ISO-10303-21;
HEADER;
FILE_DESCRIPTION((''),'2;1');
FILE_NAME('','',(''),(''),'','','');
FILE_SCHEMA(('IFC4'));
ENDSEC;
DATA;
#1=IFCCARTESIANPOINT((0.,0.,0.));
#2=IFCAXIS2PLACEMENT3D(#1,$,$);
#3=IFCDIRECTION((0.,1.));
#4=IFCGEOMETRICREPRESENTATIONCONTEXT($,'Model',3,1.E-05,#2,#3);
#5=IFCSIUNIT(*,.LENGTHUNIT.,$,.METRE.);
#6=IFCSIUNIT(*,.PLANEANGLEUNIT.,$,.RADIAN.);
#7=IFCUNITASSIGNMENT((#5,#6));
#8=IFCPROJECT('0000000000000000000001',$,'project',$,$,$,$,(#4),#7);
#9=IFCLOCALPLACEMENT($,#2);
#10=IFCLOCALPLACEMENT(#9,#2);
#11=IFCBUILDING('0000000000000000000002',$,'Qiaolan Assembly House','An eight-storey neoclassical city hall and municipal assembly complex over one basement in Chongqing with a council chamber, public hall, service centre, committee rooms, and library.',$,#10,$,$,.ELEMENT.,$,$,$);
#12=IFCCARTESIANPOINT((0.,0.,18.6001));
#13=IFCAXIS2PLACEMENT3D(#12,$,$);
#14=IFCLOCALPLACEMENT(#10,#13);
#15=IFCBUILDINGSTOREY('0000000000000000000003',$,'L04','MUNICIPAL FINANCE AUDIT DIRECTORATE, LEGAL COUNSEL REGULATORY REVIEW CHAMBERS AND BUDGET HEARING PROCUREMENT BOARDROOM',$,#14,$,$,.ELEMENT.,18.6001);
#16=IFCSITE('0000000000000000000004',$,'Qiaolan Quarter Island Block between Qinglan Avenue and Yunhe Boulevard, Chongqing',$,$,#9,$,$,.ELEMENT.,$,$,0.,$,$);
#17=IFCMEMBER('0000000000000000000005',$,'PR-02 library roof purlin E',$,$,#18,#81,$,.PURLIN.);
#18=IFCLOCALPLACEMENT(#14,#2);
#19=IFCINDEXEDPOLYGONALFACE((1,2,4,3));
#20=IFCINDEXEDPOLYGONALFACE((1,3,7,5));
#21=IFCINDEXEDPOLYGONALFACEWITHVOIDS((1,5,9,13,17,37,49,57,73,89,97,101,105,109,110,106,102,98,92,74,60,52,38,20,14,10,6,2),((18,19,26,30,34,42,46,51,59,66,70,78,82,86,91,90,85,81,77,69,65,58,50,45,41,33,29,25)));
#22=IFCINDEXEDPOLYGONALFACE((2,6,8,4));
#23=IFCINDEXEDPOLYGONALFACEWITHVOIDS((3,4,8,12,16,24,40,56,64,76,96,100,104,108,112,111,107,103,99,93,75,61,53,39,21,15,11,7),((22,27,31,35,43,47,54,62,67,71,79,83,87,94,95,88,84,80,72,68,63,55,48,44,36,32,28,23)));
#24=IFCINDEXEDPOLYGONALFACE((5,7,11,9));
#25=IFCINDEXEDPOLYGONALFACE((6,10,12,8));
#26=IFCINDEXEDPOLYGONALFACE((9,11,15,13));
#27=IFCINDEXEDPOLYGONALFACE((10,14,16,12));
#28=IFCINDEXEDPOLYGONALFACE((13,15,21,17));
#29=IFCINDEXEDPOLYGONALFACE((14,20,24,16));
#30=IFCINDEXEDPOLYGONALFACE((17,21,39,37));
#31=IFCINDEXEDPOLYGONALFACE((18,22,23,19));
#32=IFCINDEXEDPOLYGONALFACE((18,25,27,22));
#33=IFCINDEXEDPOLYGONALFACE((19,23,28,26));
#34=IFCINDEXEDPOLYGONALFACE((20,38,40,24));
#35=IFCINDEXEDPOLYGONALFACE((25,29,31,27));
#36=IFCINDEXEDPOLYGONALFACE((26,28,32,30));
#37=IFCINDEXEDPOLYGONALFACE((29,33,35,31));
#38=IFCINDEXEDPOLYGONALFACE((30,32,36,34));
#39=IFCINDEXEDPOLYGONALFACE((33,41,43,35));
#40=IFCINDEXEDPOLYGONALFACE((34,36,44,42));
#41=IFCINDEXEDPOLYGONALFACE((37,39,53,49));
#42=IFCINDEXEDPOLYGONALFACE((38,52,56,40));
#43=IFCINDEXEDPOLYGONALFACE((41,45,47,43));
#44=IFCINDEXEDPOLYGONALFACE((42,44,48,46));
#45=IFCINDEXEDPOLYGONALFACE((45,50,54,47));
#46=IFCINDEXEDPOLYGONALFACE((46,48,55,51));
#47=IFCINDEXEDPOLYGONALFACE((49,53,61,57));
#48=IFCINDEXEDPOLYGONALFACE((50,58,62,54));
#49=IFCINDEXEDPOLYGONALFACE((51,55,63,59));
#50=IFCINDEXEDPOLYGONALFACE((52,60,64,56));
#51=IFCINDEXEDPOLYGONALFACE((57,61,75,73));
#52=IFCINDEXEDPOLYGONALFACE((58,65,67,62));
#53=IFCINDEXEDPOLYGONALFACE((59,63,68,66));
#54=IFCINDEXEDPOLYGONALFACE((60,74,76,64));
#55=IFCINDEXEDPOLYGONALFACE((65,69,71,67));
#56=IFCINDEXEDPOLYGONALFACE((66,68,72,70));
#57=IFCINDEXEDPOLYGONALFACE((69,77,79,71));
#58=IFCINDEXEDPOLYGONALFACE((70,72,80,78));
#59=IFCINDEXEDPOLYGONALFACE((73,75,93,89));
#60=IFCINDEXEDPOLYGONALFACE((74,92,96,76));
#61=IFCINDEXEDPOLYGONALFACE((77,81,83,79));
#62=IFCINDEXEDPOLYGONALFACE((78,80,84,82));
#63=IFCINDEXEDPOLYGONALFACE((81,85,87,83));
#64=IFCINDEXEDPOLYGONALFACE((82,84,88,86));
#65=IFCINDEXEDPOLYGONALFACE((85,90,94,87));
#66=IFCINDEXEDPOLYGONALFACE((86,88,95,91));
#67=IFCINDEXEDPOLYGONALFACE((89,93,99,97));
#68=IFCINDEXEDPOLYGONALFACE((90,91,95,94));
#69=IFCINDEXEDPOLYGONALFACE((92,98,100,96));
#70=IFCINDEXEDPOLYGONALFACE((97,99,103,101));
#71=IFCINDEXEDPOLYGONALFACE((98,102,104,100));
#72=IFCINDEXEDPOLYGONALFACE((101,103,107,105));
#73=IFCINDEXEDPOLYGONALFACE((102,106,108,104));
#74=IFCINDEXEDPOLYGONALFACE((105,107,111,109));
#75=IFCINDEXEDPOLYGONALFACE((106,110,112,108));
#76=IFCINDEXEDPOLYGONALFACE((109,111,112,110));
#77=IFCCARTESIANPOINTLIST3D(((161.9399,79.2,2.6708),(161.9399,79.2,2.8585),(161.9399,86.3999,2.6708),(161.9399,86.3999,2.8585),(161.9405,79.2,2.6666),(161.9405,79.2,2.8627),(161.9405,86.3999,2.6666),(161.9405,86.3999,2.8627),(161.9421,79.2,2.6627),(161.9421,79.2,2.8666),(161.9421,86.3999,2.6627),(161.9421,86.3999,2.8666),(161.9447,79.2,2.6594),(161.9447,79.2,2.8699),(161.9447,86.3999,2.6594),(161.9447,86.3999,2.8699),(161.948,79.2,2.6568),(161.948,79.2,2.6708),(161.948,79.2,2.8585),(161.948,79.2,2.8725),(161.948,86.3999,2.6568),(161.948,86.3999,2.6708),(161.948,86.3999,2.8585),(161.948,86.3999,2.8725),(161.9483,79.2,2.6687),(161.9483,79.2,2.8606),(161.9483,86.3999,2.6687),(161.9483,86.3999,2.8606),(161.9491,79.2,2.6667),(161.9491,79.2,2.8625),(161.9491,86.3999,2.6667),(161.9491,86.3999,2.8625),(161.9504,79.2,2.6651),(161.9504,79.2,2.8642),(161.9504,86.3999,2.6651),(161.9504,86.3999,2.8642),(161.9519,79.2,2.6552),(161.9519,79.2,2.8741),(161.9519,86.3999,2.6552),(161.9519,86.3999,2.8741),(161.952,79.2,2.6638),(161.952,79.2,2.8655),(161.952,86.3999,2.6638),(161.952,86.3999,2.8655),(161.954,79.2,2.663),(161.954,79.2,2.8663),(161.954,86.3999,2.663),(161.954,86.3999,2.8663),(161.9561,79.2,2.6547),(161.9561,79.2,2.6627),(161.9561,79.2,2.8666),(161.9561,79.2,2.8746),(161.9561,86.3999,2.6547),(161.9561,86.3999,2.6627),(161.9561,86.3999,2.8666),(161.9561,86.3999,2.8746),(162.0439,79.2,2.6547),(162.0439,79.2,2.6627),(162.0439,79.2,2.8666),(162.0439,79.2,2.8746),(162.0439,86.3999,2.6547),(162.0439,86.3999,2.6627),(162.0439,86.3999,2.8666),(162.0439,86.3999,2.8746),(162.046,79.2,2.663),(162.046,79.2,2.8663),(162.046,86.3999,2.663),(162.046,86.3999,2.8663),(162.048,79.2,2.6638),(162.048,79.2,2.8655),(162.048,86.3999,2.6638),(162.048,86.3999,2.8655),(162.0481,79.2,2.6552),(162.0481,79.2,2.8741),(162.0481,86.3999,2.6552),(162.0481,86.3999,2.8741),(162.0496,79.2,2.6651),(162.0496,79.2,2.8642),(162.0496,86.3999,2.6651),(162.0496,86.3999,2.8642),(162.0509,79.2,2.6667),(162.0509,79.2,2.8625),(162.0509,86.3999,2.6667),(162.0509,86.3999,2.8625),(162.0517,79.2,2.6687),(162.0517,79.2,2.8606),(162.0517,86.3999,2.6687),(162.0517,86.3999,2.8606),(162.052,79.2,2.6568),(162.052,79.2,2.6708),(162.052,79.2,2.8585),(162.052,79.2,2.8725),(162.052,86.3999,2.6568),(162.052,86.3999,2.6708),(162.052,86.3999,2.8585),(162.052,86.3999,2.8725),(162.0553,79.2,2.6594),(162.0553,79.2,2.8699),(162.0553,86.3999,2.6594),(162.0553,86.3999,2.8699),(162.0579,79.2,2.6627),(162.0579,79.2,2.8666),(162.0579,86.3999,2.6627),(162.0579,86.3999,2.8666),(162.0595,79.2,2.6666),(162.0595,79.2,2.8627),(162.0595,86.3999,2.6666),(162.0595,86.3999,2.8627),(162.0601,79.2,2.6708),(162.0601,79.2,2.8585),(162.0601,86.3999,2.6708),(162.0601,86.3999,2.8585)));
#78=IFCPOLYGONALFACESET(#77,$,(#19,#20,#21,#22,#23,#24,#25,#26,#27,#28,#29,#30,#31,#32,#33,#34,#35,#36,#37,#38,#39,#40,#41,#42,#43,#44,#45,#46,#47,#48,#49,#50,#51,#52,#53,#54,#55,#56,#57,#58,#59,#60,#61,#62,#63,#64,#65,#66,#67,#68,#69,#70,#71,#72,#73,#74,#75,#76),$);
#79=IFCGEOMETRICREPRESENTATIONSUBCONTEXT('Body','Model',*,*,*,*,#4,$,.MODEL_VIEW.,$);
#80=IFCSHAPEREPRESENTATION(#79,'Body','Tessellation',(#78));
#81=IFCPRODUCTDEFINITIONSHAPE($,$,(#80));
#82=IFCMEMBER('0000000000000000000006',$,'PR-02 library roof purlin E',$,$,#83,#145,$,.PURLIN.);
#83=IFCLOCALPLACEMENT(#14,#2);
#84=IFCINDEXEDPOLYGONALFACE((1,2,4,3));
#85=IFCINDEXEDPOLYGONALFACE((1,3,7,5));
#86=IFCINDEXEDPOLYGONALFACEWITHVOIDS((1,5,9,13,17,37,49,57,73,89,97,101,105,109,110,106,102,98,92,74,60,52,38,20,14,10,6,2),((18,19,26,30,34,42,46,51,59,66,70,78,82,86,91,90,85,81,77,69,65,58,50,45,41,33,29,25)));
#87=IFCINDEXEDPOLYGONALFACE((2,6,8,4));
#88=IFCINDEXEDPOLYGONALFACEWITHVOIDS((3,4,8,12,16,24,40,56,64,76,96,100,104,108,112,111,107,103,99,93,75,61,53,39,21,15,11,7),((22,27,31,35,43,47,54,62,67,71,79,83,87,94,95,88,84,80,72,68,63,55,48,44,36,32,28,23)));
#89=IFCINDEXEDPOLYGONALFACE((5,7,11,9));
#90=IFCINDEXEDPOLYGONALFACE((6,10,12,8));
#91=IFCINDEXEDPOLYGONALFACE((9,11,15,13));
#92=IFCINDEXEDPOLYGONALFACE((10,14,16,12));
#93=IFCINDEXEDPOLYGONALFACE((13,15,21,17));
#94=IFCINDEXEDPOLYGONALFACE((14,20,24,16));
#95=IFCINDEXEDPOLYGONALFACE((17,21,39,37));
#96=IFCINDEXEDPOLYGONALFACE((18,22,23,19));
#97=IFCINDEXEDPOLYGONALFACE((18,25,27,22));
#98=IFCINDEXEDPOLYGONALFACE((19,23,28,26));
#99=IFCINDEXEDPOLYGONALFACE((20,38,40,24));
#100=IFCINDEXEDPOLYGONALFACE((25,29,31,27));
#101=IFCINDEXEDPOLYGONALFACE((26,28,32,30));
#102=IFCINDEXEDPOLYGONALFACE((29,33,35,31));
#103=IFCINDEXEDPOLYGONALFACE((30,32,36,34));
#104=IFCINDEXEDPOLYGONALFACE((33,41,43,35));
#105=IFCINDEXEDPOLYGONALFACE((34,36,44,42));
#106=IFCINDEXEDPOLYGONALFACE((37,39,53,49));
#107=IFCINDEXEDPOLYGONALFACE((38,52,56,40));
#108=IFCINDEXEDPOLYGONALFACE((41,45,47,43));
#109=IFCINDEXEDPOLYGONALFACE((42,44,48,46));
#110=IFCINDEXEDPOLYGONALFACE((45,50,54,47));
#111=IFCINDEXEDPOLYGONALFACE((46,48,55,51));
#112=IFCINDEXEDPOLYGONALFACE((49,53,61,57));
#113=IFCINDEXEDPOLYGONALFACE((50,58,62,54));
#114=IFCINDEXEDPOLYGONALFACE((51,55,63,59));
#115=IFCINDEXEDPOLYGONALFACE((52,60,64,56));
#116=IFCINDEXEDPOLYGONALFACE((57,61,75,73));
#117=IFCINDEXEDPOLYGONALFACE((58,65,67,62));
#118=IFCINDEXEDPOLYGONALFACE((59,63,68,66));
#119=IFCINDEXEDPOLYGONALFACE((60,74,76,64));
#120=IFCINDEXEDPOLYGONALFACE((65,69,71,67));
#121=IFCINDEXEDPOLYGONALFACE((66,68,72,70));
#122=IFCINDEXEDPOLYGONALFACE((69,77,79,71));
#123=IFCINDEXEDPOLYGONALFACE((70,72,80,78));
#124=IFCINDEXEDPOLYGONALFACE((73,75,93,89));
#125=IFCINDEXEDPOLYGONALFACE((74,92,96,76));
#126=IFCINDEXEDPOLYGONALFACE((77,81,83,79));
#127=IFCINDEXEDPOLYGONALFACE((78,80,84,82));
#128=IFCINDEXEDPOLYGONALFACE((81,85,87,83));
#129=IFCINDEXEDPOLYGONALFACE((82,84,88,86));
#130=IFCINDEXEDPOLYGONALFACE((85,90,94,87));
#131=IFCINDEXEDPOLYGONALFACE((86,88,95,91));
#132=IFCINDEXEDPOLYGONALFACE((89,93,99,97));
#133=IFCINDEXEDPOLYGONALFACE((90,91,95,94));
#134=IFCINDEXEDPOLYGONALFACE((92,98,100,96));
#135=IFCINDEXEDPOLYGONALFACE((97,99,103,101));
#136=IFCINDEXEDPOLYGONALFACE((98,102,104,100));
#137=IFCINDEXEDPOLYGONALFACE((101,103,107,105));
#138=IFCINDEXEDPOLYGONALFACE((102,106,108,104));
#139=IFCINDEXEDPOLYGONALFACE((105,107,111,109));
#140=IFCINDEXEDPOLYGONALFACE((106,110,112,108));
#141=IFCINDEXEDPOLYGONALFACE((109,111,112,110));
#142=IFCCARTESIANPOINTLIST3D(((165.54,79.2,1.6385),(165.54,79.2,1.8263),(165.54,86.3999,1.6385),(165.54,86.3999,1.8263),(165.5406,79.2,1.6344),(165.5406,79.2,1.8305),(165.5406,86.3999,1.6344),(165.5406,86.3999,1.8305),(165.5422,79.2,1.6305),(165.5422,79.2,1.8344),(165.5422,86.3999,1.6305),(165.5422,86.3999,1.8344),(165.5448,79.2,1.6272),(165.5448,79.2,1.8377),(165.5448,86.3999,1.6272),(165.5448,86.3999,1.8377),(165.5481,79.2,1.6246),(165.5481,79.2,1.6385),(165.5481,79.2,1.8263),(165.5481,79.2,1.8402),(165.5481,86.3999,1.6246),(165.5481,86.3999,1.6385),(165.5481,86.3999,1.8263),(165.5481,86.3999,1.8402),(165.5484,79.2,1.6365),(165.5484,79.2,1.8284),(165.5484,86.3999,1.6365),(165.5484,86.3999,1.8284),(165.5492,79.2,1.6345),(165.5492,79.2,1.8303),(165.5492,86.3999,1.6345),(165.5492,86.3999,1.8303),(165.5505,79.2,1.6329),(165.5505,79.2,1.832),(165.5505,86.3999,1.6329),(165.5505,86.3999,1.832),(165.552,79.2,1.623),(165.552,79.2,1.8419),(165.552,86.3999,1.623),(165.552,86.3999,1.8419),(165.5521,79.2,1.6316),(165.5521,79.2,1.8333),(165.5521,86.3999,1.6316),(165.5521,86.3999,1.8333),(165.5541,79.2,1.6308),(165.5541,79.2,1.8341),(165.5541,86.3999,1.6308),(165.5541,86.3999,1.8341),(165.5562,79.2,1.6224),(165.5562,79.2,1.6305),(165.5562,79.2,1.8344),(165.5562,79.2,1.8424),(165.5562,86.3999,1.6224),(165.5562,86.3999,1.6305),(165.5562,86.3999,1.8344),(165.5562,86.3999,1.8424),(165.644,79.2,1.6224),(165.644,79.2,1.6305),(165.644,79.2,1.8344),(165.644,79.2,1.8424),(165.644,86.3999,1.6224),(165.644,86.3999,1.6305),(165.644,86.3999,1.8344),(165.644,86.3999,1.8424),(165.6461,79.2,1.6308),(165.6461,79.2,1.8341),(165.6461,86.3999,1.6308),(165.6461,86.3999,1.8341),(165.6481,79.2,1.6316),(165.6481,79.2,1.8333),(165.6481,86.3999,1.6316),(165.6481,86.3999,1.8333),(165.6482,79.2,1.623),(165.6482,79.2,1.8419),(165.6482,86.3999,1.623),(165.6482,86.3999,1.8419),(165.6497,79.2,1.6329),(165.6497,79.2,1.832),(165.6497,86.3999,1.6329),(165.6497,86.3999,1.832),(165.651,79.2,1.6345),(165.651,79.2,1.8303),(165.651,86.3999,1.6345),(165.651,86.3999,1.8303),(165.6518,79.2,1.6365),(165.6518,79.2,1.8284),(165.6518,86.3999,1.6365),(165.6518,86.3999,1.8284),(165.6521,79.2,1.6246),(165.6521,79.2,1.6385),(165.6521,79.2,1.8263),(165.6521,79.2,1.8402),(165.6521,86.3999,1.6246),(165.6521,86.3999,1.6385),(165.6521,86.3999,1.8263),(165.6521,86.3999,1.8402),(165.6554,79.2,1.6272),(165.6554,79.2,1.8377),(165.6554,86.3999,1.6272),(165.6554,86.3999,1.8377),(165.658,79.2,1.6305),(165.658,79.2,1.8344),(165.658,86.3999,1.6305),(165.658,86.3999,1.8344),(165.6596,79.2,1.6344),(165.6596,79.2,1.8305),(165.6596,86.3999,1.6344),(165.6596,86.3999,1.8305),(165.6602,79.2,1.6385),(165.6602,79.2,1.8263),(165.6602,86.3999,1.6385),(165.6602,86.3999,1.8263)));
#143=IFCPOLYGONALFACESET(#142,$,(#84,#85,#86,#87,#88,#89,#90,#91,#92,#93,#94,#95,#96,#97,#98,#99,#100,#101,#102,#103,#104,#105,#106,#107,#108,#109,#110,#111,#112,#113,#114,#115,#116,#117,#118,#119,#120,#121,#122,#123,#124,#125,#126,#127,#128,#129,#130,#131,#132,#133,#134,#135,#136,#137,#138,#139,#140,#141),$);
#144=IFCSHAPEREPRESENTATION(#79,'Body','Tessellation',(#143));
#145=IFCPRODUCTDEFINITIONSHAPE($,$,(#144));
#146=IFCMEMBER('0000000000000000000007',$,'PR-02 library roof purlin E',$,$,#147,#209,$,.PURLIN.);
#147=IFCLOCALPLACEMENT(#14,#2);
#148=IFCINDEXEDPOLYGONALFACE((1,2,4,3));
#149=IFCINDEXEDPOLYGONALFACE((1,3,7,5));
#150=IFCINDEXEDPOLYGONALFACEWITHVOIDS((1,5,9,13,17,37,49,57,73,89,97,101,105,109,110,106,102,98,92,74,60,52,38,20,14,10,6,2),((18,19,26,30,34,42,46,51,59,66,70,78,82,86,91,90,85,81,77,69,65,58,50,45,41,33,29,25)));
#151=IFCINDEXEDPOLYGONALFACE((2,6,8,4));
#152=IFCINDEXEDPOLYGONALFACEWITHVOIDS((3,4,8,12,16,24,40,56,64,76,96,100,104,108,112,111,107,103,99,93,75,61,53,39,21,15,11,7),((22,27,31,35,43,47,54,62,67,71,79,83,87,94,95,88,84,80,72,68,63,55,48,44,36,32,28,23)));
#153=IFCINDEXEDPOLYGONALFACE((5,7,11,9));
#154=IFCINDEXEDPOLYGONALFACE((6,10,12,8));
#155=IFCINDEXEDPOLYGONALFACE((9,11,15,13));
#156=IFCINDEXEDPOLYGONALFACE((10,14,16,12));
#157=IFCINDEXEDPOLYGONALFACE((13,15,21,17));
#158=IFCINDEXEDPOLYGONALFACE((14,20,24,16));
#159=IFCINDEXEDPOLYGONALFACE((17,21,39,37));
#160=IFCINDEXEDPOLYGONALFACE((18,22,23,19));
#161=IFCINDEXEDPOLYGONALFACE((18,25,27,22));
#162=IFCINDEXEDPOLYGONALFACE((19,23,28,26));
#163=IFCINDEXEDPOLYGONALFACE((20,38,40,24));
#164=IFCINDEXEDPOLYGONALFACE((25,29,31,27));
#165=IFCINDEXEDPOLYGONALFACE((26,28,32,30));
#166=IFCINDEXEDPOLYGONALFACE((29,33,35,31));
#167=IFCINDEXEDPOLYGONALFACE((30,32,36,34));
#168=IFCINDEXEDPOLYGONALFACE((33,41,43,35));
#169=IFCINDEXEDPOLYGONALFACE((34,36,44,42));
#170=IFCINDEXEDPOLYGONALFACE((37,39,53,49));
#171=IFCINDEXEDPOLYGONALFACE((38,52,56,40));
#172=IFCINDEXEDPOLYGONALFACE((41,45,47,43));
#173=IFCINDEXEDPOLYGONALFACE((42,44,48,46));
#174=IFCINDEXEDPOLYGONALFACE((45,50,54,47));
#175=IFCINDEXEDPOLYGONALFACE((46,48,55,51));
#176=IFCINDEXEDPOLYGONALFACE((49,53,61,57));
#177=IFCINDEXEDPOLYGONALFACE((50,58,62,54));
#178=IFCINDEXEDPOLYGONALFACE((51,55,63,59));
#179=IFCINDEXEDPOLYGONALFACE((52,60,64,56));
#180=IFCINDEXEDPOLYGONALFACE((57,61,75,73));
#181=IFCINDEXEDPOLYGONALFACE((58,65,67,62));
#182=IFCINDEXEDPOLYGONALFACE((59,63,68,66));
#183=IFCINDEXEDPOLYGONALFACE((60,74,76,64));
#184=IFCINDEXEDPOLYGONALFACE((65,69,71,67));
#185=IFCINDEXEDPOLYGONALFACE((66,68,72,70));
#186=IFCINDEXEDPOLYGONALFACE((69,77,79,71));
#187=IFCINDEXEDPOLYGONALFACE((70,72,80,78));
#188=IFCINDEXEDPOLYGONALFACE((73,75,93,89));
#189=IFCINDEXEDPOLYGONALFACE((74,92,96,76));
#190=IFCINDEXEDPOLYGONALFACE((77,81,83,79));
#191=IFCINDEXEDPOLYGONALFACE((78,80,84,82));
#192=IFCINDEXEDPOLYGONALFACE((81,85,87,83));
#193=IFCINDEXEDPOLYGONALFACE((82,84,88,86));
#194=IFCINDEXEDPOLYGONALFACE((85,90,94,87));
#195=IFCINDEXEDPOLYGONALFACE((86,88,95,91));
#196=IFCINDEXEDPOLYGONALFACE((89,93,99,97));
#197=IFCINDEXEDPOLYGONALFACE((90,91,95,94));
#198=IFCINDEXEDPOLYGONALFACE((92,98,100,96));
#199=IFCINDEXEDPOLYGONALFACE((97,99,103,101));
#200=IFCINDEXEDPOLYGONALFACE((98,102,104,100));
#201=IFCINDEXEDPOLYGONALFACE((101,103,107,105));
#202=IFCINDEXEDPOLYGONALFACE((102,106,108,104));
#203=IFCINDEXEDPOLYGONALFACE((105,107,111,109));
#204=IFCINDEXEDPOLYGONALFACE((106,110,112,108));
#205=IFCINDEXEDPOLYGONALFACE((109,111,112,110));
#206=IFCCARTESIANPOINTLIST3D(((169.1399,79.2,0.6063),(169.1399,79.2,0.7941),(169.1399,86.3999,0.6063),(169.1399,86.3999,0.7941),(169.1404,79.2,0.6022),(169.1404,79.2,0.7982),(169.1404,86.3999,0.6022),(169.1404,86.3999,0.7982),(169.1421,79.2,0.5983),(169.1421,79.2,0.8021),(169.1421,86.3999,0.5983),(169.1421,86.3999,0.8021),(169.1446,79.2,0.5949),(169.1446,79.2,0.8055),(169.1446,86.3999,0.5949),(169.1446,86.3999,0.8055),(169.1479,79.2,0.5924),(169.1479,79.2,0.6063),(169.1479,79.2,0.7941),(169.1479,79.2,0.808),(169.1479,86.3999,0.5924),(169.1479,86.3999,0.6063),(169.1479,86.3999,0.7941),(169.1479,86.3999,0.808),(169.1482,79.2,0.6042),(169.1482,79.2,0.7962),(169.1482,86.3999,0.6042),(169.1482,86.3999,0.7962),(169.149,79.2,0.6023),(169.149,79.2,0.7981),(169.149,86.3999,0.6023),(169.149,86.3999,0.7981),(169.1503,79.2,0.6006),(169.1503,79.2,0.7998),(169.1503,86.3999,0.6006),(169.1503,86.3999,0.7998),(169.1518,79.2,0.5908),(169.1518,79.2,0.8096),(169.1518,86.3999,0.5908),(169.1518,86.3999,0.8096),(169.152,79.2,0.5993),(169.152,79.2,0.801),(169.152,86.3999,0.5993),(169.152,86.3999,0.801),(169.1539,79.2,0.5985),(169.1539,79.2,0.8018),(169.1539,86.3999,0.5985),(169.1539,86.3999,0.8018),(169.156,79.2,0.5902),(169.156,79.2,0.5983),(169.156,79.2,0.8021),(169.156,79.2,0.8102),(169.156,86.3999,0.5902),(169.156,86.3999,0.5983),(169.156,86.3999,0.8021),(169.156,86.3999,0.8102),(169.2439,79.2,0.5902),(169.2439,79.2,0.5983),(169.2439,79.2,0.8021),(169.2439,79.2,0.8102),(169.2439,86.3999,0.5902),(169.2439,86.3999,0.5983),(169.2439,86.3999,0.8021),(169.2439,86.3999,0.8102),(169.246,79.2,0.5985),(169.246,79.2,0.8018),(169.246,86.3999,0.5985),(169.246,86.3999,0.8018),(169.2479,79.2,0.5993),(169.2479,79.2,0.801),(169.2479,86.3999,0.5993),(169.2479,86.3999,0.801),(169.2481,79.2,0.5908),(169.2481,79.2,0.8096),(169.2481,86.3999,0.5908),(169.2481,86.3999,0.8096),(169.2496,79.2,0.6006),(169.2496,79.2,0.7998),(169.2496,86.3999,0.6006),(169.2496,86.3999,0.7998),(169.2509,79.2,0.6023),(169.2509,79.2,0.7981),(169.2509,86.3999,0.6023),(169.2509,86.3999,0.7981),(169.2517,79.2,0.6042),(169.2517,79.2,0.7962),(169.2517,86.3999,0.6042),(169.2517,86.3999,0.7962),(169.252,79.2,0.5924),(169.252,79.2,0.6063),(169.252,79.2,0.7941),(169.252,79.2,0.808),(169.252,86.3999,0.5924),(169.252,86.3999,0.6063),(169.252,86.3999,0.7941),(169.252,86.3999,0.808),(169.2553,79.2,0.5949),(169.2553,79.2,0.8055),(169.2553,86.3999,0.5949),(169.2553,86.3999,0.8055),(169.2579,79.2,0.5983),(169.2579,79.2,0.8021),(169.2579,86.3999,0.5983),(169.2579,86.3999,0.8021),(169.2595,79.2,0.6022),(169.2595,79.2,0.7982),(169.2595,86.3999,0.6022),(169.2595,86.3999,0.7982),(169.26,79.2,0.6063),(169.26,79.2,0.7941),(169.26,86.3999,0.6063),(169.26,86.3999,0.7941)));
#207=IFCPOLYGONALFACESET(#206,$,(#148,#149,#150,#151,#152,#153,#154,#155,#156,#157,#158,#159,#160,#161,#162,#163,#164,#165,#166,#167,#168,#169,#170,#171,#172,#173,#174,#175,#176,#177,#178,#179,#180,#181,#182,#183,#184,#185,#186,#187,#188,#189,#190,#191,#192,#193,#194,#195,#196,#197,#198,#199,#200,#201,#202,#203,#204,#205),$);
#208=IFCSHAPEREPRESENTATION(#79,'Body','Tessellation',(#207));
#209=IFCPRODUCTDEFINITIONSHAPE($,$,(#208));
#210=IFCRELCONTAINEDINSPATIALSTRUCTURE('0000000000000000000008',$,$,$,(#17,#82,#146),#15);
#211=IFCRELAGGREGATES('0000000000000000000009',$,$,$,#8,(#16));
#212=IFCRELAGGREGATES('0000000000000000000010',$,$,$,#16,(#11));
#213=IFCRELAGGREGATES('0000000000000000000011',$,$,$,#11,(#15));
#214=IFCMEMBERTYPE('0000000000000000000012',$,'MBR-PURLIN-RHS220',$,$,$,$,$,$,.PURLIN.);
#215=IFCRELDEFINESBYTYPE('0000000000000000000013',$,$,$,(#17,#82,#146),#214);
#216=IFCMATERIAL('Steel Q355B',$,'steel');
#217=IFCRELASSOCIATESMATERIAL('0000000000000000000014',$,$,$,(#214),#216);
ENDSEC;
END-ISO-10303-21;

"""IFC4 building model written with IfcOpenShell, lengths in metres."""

from ifc_helpers import new_model, si_unit, direction, frame, origin, origin_2d, place, context, subcontext, project, spatial, hollow_rectangle, extrude, material, material_profile, profile_set, type_object, element, save


model = new_model("IFC4")

# Units and contexts
model_context = context("Model", 3, precision=1e-05, world=origin(), true_north=direction((0.0, 1.0)))
body_context = subcontext(model_context, "Body", "Model", "MODEL_VIEW")
ifc_project = project(units=[si_unit("LENGTHUNIT", "METRE"), si_unit("PLANEANGLEUNIT", "RADIAN")], contexts=[model_context])

# Site, building, storey
site_placement = place(None, origin())
site = spatial("IfcSite", under=ifc_project, at=site_placement, Name="Qiaolan Quarter Island Block between Qinglan Avenue and Yunhe Boulevard, Chongqing", CompositionType="ELEMENT", RefElevation=0.0)
building_placement = place(site_placement, origin())
building = spatial("IfcBuilding", under=site, at=building_placement, Name="Qiaolan Assembly House", Description="An eight-storey neoclassical city hall and municipal assembly complex over one basement in Chongqing with a council chamber, public hall, service centre, committee rooms, and library.", CompositionType="ELEMENT")
storey_placement = place(building_placement, frame((0.0, 0.0, 18.6001)))
storey = spatial("IfcBuildingStorey", under=building, at=storey_placement, Name="L04", Description="MUNICIPAL FINANCE AUDIT DIRECTORATE, LEGAL COUNSEL REGULATORY REVIEW CHAMBERS AND BUDGET HEARING PROCUREMENT BOARDROOM", CompositionType="ELEMENT", Elevation=18.6001)

# Shared definitions
ifc_material_1 = material(Name="Steel Q355B", Category="steel")

# Members
ifc_material_profile_1 = material_profile(ifc_material_1, hollow_rectangle(XDim=0.1201, YDim=0.22, WallThickness=0.0081, InnerFilletRadius=0.0081, OuterFilletRadius=0.0161, at=origin_2d()), Name="RHS 220x120x8")
ifc_profile_set_1 = profile_set([ifc_material_profile_1], Name="Steel Q355B")
member_type = type_object("IfcMemberType", Name="MBR-PURLIN-RHS220", PredefinedType="PURLIN", material=ifc_profile_set_1)
for number, where, z_axis, x_axis, name in (
    (1, (162.0, 79.2, 2.7646), (0.0, 1.0, 0.0), (-1.0, 0.0, 0.0), "PR-02 library roof purlin E"),
    (2, (165.6001, 79.2, 1.7324), (0.0, 1.0, 0.0), (-1.0, 0.0, 0.0), "PR-02 library roof purlin E"),
    (3, (169.2, 79.2, 0.7002), (0.0, 1.0, 0.0), (-1.0, 0.0, 0.0), "PR-02 library roof purlin E"),
):
    element("IfcMember", number, at=place(storey_placement, frame(where, z_axis=z_axis, x_axis=x_axis)), inside=storey, type_object=member_type, Name=name, PredefinedType="PURLIN", context=body_context, shape_type="SweptSolid", body=[
        extrude(hollow_rectangle(XDim=0.1201, YDim=0.22, WallThickness=0.0081, InnerFilletRadius=0.0081, OuterFilletRadius=0.0161, at=origin_2d()), origin(), (0.0, 0.0, 1.0), 7.2),
    ])

save(model, "model.ifc")
